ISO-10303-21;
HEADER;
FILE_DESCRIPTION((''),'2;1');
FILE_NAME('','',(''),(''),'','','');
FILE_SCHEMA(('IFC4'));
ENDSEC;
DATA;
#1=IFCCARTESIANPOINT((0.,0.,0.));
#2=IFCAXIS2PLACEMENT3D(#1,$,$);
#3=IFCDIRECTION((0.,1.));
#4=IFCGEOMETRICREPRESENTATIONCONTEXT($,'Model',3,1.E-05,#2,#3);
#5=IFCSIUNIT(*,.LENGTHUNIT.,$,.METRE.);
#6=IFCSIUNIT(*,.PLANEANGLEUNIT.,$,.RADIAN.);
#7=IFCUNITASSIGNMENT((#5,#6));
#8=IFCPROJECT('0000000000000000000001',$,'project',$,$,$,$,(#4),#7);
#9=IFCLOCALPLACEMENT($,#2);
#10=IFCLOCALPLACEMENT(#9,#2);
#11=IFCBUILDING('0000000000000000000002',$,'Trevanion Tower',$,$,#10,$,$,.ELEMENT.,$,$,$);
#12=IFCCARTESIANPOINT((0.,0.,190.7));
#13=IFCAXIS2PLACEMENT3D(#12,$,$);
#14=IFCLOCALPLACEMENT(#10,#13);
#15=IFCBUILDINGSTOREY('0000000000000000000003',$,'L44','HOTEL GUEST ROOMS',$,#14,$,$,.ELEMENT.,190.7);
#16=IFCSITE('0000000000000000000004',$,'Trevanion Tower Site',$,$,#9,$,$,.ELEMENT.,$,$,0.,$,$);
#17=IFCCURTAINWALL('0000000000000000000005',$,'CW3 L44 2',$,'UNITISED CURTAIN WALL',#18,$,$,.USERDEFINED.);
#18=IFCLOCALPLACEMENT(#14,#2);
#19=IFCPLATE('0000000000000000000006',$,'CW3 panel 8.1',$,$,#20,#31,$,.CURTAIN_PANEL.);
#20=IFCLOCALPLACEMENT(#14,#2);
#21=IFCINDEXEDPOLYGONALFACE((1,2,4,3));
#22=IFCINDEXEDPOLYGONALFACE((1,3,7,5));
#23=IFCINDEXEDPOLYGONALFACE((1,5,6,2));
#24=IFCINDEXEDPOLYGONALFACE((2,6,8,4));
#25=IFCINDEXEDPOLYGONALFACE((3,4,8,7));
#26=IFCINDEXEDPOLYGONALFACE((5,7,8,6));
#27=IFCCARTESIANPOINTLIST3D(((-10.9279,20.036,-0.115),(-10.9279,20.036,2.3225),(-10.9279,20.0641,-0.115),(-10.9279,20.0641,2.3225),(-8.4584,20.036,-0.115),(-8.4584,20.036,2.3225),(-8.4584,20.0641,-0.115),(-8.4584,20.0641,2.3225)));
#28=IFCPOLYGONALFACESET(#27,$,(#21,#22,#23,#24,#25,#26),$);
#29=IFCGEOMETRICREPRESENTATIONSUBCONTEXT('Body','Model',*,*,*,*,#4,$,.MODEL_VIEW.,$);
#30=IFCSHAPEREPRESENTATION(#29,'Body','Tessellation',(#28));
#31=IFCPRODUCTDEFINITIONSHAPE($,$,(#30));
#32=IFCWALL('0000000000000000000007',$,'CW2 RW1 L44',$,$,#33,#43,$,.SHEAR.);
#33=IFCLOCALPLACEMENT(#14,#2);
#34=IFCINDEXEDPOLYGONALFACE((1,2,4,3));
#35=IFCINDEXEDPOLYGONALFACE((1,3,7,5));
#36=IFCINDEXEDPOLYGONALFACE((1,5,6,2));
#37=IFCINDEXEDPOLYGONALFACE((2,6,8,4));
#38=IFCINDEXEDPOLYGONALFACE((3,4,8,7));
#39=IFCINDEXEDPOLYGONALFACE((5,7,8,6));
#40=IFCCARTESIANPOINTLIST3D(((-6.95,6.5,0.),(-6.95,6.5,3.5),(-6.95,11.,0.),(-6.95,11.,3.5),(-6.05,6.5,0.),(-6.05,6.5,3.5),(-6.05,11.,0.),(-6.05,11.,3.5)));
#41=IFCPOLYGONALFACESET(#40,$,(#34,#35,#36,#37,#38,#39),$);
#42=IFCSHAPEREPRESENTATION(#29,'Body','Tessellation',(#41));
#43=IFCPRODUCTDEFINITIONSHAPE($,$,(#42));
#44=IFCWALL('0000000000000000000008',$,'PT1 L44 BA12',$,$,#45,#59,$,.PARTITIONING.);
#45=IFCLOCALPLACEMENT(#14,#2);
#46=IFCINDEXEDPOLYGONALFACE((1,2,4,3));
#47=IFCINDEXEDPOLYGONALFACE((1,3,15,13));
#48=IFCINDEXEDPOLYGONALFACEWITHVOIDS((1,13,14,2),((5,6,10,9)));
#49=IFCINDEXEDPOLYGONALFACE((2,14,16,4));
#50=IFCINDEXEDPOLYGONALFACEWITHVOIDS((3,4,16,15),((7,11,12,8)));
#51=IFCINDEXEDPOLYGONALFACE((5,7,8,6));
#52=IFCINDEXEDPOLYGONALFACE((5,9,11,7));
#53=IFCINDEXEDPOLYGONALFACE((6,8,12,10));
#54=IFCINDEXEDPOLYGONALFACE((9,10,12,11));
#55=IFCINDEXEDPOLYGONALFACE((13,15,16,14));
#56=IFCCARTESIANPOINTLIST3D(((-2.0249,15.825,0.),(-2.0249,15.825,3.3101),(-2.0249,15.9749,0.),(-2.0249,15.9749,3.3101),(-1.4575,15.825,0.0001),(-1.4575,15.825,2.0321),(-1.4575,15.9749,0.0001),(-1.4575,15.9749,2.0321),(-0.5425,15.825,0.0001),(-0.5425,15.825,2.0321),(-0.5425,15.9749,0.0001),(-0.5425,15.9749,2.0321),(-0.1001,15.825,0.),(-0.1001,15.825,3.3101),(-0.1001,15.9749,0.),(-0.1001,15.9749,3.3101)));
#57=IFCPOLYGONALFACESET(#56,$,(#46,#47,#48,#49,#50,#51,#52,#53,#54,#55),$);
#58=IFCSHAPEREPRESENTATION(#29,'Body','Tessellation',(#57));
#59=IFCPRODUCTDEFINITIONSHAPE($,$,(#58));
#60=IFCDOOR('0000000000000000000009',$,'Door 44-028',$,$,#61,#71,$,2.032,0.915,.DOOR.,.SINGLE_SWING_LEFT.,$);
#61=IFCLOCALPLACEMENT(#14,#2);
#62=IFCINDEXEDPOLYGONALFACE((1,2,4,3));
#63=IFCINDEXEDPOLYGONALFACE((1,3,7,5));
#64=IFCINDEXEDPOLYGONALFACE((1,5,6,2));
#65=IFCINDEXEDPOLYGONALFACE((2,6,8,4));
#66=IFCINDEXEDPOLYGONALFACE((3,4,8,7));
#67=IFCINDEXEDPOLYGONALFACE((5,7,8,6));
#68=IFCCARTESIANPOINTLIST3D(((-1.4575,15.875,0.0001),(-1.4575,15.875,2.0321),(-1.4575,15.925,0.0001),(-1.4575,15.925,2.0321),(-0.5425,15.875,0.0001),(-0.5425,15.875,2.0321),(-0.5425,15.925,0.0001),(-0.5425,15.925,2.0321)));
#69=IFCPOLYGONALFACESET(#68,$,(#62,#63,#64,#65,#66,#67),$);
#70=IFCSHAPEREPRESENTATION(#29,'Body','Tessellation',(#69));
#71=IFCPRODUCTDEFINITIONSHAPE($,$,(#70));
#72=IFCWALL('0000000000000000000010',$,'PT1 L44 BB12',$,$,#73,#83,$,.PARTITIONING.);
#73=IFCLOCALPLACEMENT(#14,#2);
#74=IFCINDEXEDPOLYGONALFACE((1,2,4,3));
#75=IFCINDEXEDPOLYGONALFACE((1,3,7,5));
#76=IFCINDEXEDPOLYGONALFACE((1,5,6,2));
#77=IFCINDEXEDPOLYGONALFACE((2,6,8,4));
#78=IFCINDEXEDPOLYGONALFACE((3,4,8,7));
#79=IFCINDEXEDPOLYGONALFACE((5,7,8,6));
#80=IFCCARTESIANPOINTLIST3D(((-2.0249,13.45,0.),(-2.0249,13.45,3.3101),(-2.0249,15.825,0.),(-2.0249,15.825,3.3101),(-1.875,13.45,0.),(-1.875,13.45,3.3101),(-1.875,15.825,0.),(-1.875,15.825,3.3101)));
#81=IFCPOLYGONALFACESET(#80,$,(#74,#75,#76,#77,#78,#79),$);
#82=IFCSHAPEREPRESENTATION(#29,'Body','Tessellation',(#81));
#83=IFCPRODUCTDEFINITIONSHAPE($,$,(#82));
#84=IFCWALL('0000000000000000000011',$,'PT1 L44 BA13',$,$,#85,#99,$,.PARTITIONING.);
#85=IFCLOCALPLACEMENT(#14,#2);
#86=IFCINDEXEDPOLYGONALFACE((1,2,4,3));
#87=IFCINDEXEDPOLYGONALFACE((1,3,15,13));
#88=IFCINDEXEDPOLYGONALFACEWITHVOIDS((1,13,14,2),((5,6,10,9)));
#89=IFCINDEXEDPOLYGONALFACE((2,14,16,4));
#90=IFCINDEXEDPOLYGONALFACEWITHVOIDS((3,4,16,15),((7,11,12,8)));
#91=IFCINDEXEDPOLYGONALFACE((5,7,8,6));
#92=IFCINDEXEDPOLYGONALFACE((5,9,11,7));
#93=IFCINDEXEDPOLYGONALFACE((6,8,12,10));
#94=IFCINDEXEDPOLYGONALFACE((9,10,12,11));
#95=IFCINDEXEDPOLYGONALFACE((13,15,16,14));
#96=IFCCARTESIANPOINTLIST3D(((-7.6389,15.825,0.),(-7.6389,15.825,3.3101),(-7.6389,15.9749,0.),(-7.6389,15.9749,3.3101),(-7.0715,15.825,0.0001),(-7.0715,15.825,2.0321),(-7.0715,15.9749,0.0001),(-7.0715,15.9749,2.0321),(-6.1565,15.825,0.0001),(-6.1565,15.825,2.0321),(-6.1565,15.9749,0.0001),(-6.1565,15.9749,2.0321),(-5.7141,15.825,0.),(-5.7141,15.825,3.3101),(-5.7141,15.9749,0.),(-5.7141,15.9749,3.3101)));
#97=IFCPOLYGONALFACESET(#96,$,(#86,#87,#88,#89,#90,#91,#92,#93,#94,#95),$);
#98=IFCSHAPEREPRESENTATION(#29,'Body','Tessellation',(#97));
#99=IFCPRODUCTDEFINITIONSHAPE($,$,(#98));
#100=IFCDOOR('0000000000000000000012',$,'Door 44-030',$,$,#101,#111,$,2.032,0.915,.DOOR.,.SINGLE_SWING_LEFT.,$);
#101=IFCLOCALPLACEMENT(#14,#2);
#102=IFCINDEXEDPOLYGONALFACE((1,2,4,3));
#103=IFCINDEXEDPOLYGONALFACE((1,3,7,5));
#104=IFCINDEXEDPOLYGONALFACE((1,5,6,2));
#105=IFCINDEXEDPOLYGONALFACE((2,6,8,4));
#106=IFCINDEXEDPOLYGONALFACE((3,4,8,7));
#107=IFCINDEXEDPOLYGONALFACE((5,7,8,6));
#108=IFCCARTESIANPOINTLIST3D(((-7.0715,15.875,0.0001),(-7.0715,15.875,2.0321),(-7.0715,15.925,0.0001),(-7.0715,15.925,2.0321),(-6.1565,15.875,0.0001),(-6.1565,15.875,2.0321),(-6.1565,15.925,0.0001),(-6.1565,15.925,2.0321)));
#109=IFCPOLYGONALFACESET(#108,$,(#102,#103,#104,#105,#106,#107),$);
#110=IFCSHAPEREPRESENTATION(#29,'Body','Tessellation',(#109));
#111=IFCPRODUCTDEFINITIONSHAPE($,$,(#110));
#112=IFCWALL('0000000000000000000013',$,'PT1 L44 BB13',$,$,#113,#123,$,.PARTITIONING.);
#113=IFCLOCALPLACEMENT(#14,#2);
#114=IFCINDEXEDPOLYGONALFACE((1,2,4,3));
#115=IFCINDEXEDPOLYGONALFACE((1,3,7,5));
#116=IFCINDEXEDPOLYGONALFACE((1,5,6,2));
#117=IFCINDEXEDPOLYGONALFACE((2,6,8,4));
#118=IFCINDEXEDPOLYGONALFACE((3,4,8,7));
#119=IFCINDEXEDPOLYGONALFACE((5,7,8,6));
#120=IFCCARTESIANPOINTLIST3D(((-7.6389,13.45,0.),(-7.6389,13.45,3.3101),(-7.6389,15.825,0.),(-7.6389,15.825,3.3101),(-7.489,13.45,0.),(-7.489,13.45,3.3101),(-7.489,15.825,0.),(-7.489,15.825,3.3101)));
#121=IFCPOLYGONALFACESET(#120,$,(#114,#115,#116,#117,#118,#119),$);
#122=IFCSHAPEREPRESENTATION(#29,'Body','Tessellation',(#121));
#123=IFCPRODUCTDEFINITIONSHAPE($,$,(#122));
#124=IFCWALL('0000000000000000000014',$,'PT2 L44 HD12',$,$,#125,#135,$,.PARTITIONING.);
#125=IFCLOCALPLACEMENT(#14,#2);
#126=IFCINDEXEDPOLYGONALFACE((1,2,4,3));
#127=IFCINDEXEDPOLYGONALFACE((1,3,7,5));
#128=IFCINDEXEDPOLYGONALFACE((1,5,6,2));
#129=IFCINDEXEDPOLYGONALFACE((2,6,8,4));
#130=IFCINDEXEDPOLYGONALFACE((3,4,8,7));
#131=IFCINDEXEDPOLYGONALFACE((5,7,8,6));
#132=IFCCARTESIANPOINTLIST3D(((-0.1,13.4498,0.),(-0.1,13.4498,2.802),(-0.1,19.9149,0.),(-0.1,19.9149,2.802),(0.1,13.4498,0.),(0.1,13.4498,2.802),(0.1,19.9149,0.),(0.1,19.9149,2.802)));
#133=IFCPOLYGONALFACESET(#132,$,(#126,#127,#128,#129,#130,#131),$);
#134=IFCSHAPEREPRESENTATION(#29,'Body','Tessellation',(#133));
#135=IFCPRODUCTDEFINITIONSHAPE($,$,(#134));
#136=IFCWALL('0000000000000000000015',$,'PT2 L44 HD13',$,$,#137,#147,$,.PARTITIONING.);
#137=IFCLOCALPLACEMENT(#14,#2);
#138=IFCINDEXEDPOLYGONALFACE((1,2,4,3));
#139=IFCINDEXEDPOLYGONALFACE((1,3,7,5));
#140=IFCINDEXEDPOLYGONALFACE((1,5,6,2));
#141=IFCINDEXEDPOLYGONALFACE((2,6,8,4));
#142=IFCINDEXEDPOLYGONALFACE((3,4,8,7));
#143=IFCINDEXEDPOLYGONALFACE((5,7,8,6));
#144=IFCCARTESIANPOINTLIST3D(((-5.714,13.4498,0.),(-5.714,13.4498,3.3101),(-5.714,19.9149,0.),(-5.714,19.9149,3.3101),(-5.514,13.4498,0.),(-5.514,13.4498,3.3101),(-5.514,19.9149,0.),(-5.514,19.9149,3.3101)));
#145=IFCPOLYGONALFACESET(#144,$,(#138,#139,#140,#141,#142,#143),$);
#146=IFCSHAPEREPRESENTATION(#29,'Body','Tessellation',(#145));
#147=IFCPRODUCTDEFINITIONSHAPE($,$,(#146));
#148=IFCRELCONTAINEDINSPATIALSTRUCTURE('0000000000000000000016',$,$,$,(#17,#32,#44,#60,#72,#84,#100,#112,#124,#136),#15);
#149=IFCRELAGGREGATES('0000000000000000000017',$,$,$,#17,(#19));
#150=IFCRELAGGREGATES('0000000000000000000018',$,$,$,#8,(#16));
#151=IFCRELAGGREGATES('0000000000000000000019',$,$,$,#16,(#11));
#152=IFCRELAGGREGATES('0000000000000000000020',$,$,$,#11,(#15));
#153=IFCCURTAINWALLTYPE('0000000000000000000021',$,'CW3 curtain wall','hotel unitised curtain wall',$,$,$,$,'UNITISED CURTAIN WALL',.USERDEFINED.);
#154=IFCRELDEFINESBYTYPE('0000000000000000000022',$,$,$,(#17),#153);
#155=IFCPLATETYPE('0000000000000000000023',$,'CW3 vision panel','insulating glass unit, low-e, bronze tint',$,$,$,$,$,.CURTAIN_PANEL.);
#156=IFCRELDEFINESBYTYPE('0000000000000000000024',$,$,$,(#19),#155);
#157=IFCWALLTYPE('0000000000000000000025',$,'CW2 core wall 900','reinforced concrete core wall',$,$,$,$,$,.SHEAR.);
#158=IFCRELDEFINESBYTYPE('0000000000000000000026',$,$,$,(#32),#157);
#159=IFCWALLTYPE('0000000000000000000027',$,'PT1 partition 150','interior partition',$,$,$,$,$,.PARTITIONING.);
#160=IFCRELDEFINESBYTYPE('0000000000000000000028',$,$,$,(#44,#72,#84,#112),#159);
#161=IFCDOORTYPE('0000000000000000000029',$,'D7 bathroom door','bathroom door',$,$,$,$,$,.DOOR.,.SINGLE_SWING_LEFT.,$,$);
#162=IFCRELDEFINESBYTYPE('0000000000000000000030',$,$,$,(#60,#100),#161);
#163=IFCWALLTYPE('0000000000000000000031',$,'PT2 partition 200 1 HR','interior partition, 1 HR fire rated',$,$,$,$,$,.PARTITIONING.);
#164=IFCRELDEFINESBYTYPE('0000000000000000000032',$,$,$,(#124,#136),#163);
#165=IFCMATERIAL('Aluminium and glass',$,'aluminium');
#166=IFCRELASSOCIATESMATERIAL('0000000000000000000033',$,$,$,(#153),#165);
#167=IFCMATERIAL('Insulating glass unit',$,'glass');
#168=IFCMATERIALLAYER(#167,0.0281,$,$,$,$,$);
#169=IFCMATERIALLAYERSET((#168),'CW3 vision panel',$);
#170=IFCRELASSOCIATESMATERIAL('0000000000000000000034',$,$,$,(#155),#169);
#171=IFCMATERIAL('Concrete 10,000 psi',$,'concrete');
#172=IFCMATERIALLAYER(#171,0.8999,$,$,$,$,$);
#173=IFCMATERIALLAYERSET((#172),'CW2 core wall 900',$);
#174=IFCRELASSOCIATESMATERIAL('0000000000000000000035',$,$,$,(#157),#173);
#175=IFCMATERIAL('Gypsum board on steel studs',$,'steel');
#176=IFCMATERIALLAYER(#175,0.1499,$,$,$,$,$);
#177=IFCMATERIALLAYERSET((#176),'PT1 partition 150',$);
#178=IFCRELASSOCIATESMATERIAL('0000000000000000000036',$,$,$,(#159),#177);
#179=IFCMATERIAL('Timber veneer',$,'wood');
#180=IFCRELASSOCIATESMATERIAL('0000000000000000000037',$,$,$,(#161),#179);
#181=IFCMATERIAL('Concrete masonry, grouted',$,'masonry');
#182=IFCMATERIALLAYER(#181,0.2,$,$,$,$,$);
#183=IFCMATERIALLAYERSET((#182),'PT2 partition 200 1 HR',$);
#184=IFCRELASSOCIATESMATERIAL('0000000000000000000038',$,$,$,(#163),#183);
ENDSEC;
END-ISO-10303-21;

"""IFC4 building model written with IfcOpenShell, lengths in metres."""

from ifc_helpers import new_model, si_unit, direction, frame, frame_2d, origin, origin_2d, place, context, subcontext, project, spatial, rectangle, extrude, material, layer, layer_set, type_object, element, fill, aggregate, save


model = new_model("IFC4")

# Units and contexts
model_context = context("Model", 3, precision=1e-05, world=origin(), true_north=direction((0.0, 1.0)))
body_context = subcontext(model_context, "Body", "Model", "MODEL_VIEW")
ifc_project = project(units=[si_unit("LENGTHUNIT", "METRE"), si_unit("PLANEANGLEUNIT", "RADIAN")], contexts=[model_context])

# Site, building, storey
site_placement = place(None, origin())
site = spatial("IfcSite", under=ifc_project, at=site_placement, Name="Trevanion Tower Site", CompositionType="ELEMENT", RefElevation=0.0)
building_placement = place(site_placement, origin())
building = spatial("IfcBuilding", under=site, at=building_placement, Name="Trevanion Tower", CompositionType="ELEMENT")
storey_placement = place(building_placement, frame((0.0, 0.0, 190.7)))
storey = spatial("IfcBuildingStorey", under=building, at=storey_placement, Name="L44", Description="HOTEL GUEST ROOMS", CompositionType="ELEMENT", Elevation=190.7)

# Curtain wall
ifc_material_1 = material(Name="Aluminium and glass", Category="aluminium")
curtain_wall_type = type_object("IfcCurtainWallType", Name="CW3 curtain wall", Description="hotel unitised curtain wall", ElementType="UNITISED CURTAIN WALL", PredefinedType="USERDEFINED", material=ifc_material_1)
curtain_wall_placement = place(storey_placement, origin())
curtain_wall = element("IfcCurtainWall", 1, at=curtain_wall_placement, inside=storey, type_object=curtain_wall_type, Name="CW3 L44 2", ObjectType="UNITISED CURTAIN WALL", PredefinedType="USERDEFINED")

# Plate
ifc_material_2 = material(Name="Insulating glass unit", Category="glass")
ifc_layer_1 = layer(ifc_material_2, 0.0281)
ifc_layer_set_1 = layer_set([ifc_layer_1], Name="CW3 vision panel")
plate_type_1 = type_object("IfcPlateType", Name="CW3 vision panel", Description="insulating glass unit, low-e, bronze tint", PredefinedType="CURTAIN_PANEL", material=ifc_layer_set_1)
plate_1_placement = place(storey_placement, frame((-9.6931, 20.05, -0.115), z_axis=(0.0, 0.0, 1.0), x_axis=(-1.0, 0.0, 0.0)))
plate_1 = element("IfcPlate", 2, at=plate_1_placement, type_object=plate_type_1, Name="CW3 panel 8.1", PredefinedType="CURTAIN_PANEL", context=body_context, shape_type="SweptSolid", body=[
    extrude(rectangle(XDim=2.4695, YDim=0.0281, at=origin_2d()), origin(), (0.0, 0.0, 1.0), 2.4375),
])
aggregate(curtain_wall, [plate_1])

# Wall
ifc_material_3 = material(Name="Concrete 10,000 psi", Category="concrete")
ifc_layer_2 = layer(ifc_material_3, 0.8999)
ifc_layer_set_2 = layer_set([ifc_layer_2], Name="CW2 core wall 900")
wall_type_1 = type_object("IfcWallType", Name="CW2 core wall 900", Description="reinforced concrete core wall", PredefinedType="SHEAR", material=ifc_layer_set_2)
wall_1_placement = place(storey_placement, frame((-6.5, 11.0, 0.0), z_axis=(0.0, 0.0, 1.0), x_axis=(0.0, -1.0, 0.0)))
element("IfcWall", 3, at=wall_1_placement, inside=storey, type_object=wall_type_1, Name="CW2 RW1 L44", PredefinedType="SHEAR", context=body_context, shape_type="SweptSolid", body=[
    extrude(rectangle(XDim=4.5, YDim=0.8999, at=frame_2d((2.25, 0.0))), origin(), (0.0, 0.0, 1.0), 3.5),
])

# Wall, opening, door
ifc_material_4 = material(Name="Gypsum board on steel studs", Category="steel")
ifc_layer_3 = layer(ifc_material_4, 0.1499)
ifc_layer_set_3 = layer_set([ifc_layer_3], Name="PT1 partition 150")
wall_type_2 = type_object("IfcWallType", Name="PT1 partition 150", Description="interior partition", PredefinedType="PARTITIONING", material=ifc_layer_set_3)
wall_2_placement = place(storey_placement, frame((-0.1001, 15.8999, 0.0), z_axis=(0.0, 0.0, 1.0), x_axis=(-1.0, 0.0, 0.0)))
wall_2 = element("IfcWall", 4, at=wall_2_placement, inside=storey, type_object=wall_type_2, Name="PT1 L44 BA12", PredefinedType="PARTITIONING", context=body_context, shape_type="SweptSolid", body=[
    extrude(rectangle(XDim=1.9248, YDim=0.1499, at=frame_2d((0.9624, 0.0))), origin(), (0.0, 0.0, 1.0), 3.3101),
])
opening_1_placement = place(wall_2_placement, frame((0.4424, 0.0, 0.0)))
opening_1 = element("IfcOpeningElement", 5, at=opening_1_placement, cuts=wall_2, PredefinedType="OPENING", context=body_context, shape_type="SweptSolid", body=[
    extrude(rectangle(XDim=0.915, YDim=2.032, at=frame_2d((0.4575, 1.0161))), frame((0.0, 0.085, 0.0), z_axis=(0.0, -1.0, 0.0), x_axis=(1.0, 0.0, 0.0)), (0.0, 0.0, 1.0), 0.1699),
])
ifc_material_5 = material(Name="Timber veneer", Category="wood")
door_type = type_object("IfcDoorType", Name="D7 bathroom door", Description="bathroom door", OperationType="SINGLE_SWING_LEFT", PredefinedType="DOOR", material=ifc_material_5)
door_1_placement = place(opening_1_placement, origin())
door_1 = element("IfcDoor", 6, at=door_1_placement, inside=storey, type_object=door_type, Name="Door 44-028", OperationType="SINGLE_SWING_LEFT", OverallHeight=2.032, OverallWidth=0.915, PredefinedType="DOOR", context=body_context, shape_type="SweptSolid", body=[
    extrude(rectangle(XDim=0.915, YDim=2.032, at=frame_2d((0.4575, 1.0161))), frame((0.0, 0.0249, 0.0), z_axis=(0.0, -1.0, 0.0), x_axis=(1.0, 0.0, 0.0)), (0.0, 0.0, 1.0), 0.05),
])
fill(opening_1, door_1)

# Wall
wall_3_placement = place(storey_placement, frame((-1.95, 13.45, 0.0), z_axis=(0.0, 0.0, 1.0), x_axis=(0.0, 1.0, 0.0)))
element("IfcWall", 7, at=wall_3_placement, inside=storey, type_object=wall_type_2, Name="PT1 L44 BB12", PredefinedType="PARTITIONING", context=body_context, shape_type="SweptSolid", body=[
    extrude(rectangle(XDim=2.375, YDim=0.1499, at=frame_2d((1.1875, 0.0))), origin(), (0.0, 0.0, 1.0), 3.3101),
])

# Wall, opening, door
wall_4_placement = place(storey_placement, frame((-5.7141, 15.8999, 0.0), z_axis=(0.0, 0.0, 1.0), x_axis=(-1.0, 0.0, 0.0)))
wall_4 = element("IfcWall", 8, at=wall_4_placement, inside=storey, type_object=wall_type_2, Name="PT1 L44 BA13", PredefinedType="PARTITIONING", context=body_context, shape_type="SweptSolid", body=[
    extrude(rectangle(XDim=1.9248, YDim=0.1499, at=frame_2d((0.9624, 0.0))), origin(), (0.0, 0.0, 1.0), 3.3101),
])
opening_2_placement = place(wall_4_placement, frame((0.4424, 0.0, 0.0)))
opening_2 = element("IfcOpeningElement", 9, at=opening_2_placement, cuts=wall_4, PredefinedType="OPENING", context=body_context, shape_type="SweptSolid", body=[
    extrude(rectangle(XDim=0.915, YDim=2.032, at=frame_2d((0.4575, 1.0161))), frame((0.0, 0.085, 0.0), z_axis=(0.0, -1.0, 0.0), x_axis=(1.0, 0.0, 0.0)), (0.0, 0.0, 1.0), 0.1699),
])
door_2_placement = place(opening_2_placement, origin())
door_2 = element("IfcDoor", 10, at=door_2_placement, inside=storey, type_object=door_type, Name="Door 44-030", OperationType="SINGLE_SWING_LEFT", OverallHeight=2.032, OverallWidth=0.915, PredefinedType="DOOR", context=body_context, shape_type="SweptSolid", body=[
    extrude(rectangle(XDim=0.915, YDim=2.032, at=frame_2d((0.4575, 1.0161))), frame((0.0, 0.0249, 0.0), z_axis=(0.0, -1.0, 0.0), x_axis=(1.0, 0.0, 0.0)), (0.0, 0.0, 1.0), 0.05),
])
fill(opening_2, door_2)

# Walls
wall_5_placement = place(storey_placement, frame((-7.564, 13.45, 0.0), z_axis=(0.0, 0.0, 1.0), x_axis=(0.0, 1.0, 0.0)))
element("IfcWall", 11, at=wall_5_placement, inside=storey, type_object=wall_type_2, Name="PT1 L44 BB13", PredefinedType="PARTITIONING", context=body_context, shape_type="SweptSolid", body=[
    extrude(rectangle(XDim=2.375, YDim=0.1499, at=frame_2d((1.1875, 0.0))), origin(), (0.0, 0.0, 1.0), 3.3101),
])
ifc_material_6 = material(Name="Concrete masonry, grouted", Category="masonry")
ifc_layer_4 = layer(ifc_material_6, 0.2)
ifc_layer_set_4 = layer_set([ifc_layer_4], Name="PT2 partition 200 1 HR")
wall_type_3 = type_object("IfcWallType", Name="PT2 partition 200 1 HR", Description="interior partition, 1 HR fire rated", PredefinedType="PARTITIONING", material=ifc_layer_set_4)
wall_6_placement = place(storey_placement, frame((0.0, 13.45, 0.0), z_axis=(0.0, 0.0, 1.0), x_axis=(0.0, 1.0, 0.0)))
element("IfcWall", 12, at=wall_6_placement, inside=storey, type_object=wall_type_3, Name="PT2 L44 HD12", PredefinedType="PARTITIONING", context=body_context, shape_type="SweptSolid", body=[
    extrude(rectangle(XDim=6.4651, YDim=0.2, at=frame_2d((3.2324, 0.0))), origin(), (0.0, 0.0, 1.0), 2.802),
])
wall_7_placement = place(storey_placement, frame((-5.614, 13.45, 0.0), z_axis=(0.0, 0.0, 1.0), x_axis=(0.0, 1.0, 0.0)))
element("IfcWall", 13, at=wall_7_placement, inside=storey, type_object=wall_type_3, Name="PT2 L44 HD13", PredefinedType="PARTITIONING", context=body_context, shape_type="SweptSolid", body=[
    extrude(rectangle(XDim=6.4651, YDim=0.2, at=frame_2d((3.2324, 0.0))), origin(), (0.0, 0.0, 1.0), 3.3101),
])

save(model, "model.ifc")
